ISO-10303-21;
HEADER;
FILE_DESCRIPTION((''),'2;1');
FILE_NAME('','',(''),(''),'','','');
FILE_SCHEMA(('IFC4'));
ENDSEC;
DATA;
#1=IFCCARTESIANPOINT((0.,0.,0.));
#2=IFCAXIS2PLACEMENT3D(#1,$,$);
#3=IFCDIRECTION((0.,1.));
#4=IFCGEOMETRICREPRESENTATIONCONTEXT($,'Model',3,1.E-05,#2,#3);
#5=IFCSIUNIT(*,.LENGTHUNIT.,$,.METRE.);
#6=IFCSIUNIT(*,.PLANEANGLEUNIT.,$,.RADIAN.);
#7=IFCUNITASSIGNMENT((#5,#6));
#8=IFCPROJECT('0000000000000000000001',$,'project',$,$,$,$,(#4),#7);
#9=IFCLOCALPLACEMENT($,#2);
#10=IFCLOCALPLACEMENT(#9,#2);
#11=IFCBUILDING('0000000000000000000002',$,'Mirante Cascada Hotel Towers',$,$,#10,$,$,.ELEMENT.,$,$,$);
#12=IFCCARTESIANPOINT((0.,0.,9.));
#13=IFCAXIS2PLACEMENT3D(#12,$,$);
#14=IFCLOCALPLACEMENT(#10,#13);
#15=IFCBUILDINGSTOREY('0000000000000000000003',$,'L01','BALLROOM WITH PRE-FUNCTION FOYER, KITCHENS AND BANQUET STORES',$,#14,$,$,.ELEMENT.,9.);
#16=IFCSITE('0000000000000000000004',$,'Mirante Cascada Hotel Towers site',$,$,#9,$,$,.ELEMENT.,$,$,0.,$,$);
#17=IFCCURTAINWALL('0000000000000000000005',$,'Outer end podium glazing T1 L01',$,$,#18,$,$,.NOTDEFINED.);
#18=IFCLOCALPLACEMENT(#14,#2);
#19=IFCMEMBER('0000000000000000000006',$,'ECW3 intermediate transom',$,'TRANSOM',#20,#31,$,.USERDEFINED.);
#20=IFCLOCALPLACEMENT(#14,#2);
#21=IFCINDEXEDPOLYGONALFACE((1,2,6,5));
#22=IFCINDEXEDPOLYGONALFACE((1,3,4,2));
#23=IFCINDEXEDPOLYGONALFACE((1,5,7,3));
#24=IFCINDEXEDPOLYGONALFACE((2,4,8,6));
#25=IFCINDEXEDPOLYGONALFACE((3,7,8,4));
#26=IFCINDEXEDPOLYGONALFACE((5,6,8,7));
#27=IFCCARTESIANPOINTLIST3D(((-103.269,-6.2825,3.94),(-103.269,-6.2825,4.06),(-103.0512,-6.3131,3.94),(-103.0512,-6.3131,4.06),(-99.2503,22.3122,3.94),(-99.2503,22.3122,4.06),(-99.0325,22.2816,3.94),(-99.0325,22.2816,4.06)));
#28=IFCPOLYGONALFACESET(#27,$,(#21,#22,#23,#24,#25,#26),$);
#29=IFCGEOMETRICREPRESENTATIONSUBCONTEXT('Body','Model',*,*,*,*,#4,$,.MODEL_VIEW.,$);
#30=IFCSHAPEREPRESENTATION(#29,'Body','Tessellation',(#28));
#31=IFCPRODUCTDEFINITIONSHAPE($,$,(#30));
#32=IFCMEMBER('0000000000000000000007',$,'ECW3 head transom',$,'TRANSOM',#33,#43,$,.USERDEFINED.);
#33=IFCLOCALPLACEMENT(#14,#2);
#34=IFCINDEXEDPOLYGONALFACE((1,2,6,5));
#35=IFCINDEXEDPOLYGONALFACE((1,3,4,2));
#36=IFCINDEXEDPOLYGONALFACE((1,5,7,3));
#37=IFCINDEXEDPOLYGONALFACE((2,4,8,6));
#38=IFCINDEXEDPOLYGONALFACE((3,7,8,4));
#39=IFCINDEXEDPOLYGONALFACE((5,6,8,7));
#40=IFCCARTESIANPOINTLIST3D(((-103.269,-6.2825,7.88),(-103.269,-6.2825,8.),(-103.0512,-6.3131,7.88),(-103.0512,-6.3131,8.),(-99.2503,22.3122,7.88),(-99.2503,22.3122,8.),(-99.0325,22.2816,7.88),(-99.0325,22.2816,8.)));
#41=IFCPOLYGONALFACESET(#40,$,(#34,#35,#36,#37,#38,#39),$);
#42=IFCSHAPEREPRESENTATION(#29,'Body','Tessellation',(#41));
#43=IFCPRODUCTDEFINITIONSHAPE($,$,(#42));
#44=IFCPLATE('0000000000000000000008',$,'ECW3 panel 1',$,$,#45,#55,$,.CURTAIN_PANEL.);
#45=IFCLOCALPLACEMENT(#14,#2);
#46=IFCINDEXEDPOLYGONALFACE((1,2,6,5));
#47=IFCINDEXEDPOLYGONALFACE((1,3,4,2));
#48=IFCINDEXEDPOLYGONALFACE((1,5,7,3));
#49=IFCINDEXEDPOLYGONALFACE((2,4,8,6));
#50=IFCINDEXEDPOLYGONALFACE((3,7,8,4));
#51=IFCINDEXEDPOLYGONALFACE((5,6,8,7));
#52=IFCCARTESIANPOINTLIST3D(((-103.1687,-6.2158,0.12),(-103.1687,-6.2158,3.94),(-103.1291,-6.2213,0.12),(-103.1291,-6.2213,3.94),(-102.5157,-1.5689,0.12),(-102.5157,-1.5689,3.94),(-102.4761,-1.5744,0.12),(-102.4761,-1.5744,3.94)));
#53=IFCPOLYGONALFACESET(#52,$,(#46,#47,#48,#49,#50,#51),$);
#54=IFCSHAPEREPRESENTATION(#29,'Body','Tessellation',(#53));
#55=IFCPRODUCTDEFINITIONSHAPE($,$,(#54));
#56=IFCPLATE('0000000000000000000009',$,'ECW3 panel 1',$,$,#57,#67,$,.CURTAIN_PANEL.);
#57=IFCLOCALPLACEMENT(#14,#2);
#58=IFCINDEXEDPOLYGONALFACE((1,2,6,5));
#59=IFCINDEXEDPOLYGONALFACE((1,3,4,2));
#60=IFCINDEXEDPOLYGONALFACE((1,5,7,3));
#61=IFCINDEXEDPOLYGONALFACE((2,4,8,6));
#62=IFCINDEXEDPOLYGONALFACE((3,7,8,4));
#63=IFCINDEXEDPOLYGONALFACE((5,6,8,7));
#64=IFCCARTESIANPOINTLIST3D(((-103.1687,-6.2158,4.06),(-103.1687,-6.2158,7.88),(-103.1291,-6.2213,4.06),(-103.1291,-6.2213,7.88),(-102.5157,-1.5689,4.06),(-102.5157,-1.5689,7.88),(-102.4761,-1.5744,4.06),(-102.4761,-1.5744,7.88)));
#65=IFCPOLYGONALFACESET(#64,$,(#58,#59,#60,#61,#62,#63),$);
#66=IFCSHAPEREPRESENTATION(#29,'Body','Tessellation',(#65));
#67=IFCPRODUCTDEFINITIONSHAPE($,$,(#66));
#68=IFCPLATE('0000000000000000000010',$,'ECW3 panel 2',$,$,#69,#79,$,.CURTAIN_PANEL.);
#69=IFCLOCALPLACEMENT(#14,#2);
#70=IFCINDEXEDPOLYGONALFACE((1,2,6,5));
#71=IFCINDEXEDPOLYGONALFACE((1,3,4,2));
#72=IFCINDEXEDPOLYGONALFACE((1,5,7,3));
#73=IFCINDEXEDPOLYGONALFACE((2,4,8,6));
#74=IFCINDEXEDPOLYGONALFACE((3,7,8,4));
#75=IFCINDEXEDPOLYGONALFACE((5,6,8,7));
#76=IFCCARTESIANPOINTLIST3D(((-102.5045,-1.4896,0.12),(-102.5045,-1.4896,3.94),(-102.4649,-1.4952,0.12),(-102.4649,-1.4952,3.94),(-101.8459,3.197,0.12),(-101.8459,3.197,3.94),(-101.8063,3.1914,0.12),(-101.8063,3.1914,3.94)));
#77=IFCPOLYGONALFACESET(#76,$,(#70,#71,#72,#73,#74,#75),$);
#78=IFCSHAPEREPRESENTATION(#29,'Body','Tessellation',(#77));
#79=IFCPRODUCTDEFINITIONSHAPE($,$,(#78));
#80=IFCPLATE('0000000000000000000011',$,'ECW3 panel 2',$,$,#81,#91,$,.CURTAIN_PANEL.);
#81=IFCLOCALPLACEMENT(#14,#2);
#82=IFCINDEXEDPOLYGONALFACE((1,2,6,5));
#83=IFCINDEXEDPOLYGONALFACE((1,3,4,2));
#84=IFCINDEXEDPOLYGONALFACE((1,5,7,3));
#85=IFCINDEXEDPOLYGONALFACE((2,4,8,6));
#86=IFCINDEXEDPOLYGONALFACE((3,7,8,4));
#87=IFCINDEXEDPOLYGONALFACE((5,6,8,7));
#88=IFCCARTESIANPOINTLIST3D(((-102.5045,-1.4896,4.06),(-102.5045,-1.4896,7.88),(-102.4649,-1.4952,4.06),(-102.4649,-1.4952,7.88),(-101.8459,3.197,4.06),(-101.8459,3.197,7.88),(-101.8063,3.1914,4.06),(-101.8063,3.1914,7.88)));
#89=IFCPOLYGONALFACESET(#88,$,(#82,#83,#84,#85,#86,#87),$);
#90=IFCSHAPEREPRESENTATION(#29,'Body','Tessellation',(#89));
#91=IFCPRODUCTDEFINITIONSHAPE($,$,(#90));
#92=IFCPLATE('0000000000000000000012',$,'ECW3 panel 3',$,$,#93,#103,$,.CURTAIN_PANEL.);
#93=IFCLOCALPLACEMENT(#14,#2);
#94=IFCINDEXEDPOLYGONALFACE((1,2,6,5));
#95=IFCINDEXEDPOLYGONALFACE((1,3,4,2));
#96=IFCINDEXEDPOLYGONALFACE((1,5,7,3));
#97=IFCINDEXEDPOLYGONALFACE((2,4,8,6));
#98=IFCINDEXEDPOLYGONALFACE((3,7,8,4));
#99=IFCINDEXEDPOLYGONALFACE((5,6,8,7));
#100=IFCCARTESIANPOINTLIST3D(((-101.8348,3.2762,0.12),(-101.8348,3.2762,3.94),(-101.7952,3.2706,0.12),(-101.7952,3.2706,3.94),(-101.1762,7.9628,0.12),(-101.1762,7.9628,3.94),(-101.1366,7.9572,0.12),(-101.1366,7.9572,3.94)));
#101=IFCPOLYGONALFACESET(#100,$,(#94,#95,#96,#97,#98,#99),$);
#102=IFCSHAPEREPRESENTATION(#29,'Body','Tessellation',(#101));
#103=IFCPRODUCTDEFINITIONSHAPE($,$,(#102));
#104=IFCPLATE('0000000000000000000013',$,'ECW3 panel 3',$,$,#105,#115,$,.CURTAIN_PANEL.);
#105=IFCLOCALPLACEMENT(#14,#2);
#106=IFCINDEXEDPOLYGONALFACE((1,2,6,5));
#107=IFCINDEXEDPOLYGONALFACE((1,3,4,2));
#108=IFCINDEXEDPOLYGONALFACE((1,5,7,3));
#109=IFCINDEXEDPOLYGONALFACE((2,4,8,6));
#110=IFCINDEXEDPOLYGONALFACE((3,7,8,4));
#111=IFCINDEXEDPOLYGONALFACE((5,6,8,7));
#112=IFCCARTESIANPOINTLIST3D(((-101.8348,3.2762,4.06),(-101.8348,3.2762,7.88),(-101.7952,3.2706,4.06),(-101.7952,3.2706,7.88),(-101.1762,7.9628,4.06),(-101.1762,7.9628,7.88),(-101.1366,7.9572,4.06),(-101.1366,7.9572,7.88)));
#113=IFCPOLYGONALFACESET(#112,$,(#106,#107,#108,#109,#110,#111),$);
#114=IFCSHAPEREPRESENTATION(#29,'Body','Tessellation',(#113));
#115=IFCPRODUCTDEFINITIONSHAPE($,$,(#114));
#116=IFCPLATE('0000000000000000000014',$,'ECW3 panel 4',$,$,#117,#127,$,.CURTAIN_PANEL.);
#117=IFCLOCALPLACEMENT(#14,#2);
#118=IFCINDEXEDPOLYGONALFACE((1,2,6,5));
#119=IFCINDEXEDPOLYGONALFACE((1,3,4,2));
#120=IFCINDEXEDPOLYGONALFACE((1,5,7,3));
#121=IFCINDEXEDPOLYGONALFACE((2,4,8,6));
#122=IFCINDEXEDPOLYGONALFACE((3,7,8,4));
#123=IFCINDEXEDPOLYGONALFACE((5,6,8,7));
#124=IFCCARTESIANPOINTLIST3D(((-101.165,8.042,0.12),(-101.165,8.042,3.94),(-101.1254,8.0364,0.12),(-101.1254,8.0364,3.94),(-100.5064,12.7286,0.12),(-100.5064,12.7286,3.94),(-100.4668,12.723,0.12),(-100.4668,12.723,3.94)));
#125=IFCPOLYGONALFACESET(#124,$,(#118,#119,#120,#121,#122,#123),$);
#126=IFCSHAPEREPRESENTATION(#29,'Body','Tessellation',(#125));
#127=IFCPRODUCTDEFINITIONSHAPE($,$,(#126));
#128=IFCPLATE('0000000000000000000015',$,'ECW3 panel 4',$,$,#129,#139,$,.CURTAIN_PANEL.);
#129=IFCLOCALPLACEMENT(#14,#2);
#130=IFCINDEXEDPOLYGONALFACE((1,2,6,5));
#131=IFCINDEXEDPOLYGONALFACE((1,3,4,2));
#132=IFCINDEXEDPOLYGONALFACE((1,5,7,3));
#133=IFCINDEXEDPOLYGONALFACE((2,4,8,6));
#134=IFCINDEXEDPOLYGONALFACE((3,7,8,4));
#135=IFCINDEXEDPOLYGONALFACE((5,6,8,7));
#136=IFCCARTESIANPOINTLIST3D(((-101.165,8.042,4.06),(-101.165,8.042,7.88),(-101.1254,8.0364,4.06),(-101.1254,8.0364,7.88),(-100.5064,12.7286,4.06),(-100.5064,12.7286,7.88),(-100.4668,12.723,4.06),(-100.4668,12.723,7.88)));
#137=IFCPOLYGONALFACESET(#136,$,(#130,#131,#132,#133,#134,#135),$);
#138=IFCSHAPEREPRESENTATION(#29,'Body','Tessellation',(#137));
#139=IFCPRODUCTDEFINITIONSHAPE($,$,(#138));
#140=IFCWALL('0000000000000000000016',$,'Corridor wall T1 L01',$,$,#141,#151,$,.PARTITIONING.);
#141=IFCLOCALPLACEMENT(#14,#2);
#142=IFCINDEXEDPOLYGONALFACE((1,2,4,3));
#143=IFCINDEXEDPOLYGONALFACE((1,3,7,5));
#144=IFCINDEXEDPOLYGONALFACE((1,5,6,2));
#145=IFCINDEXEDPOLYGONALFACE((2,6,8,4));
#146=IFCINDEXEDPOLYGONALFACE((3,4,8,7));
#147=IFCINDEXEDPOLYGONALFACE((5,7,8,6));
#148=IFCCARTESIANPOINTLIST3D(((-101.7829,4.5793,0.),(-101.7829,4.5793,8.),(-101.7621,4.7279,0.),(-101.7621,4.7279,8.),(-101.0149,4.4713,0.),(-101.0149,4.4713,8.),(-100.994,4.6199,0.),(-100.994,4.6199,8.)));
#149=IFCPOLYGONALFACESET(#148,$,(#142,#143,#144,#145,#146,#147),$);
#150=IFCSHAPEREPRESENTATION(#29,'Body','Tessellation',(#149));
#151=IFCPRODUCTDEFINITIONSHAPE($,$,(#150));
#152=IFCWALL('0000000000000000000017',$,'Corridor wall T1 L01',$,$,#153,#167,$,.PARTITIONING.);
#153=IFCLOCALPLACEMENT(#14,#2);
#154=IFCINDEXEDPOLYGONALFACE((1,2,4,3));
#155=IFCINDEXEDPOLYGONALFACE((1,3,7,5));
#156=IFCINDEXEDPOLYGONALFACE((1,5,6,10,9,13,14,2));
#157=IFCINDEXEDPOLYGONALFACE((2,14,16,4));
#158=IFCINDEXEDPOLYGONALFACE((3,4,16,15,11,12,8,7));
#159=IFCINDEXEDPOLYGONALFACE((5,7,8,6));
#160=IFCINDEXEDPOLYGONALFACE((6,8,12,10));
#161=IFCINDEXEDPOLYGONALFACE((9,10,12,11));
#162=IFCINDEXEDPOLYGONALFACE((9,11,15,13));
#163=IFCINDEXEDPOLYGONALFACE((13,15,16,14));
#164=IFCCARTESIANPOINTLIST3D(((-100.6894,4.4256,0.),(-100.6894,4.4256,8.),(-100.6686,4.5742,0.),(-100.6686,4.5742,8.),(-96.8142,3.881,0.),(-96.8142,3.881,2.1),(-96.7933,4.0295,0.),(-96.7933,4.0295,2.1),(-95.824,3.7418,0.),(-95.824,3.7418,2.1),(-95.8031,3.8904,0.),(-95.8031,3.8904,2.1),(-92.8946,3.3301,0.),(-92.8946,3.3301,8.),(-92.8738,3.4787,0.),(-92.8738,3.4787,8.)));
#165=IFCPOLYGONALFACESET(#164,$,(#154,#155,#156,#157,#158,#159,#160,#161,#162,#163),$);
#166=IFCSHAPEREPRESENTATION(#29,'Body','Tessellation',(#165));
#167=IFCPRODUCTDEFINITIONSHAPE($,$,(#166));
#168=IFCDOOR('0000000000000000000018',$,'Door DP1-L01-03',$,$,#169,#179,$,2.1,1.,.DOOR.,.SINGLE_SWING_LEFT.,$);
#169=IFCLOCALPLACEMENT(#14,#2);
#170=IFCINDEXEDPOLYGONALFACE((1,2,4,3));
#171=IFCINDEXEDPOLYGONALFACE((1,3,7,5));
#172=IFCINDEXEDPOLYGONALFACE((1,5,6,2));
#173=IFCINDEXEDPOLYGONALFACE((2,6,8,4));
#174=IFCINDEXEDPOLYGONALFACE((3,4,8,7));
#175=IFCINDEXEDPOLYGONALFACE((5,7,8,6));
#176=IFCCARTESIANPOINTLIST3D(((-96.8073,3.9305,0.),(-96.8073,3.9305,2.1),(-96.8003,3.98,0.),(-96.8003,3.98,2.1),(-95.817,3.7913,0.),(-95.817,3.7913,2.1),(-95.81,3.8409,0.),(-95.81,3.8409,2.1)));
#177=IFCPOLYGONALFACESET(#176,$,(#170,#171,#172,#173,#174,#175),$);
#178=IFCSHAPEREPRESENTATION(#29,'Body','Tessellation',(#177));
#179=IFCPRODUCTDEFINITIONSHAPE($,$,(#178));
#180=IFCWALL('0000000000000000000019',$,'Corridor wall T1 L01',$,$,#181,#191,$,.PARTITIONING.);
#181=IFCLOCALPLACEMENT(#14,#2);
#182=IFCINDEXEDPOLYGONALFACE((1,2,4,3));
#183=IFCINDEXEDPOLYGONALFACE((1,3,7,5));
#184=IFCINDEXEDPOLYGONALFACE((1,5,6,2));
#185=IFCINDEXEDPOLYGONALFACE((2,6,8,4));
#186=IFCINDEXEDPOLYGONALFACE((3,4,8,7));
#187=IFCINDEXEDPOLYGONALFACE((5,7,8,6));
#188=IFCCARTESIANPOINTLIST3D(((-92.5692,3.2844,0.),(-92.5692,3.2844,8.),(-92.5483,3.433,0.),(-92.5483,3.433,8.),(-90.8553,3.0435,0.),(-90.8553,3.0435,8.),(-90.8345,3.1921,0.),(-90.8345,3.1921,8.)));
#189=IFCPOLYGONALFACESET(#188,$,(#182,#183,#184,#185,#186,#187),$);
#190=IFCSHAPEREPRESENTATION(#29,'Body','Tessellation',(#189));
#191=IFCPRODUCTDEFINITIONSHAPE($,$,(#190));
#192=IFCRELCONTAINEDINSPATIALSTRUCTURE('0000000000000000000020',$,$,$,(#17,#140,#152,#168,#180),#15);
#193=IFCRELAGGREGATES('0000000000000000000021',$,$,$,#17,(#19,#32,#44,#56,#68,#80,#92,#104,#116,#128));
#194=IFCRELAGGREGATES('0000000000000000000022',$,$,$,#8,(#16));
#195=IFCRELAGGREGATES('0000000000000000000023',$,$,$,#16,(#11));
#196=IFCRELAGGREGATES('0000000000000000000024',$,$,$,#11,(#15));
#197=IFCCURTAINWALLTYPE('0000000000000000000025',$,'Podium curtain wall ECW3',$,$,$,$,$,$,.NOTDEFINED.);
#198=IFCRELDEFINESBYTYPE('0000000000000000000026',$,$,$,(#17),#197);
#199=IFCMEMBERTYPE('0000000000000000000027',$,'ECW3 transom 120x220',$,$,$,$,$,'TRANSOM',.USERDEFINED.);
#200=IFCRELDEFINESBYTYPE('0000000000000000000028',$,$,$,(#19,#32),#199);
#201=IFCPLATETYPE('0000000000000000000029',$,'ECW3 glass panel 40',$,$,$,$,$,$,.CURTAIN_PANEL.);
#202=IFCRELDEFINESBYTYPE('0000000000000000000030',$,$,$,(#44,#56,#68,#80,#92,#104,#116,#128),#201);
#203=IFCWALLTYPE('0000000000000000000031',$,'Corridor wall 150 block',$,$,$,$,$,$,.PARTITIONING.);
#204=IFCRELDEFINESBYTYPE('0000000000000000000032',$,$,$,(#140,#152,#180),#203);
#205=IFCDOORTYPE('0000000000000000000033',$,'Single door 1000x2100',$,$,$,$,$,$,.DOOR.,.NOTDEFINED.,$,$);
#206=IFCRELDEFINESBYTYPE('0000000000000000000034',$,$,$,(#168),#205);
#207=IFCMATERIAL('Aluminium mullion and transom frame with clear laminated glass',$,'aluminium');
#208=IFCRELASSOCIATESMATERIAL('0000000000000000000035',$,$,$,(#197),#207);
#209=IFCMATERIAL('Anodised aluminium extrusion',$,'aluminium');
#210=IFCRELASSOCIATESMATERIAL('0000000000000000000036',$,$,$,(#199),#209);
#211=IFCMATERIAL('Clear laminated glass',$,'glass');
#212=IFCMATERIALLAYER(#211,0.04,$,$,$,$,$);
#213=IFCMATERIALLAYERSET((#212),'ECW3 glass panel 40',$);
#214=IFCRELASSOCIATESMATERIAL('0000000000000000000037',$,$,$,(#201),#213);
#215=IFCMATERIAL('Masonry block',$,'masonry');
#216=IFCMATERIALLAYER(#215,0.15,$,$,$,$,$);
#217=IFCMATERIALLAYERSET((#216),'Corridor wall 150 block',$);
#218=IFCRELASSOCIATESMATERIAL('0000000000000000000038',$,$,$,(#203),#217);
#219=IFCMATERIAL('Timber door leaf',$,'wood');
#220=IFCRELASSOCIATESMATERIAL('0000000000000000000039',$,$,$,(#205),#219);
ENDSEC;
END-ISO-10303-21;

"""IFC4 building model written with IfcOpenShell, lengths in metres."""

from ifc_helpers import new_model, si_unit, direction, frame, frame_2d, origin, origin_2d, place, context, subcontext, project, spatial, rectangle, extrude, material, layer, layer_set, material_profile, profile_set, type_object, element, fill, aggregate, save


model = new_model("IFC4")

# Units and contexts
model_context = context("Model", 3, precision=1e-05, world=origin(), true_north=direction((0.0, 1.0)))
body_context = subcontext(model_context, "Body", "Model", "MODEL_VIEW")
ifc_project = project(units=[si_unit("LENGTHUNIT", "METRE"), si_unit("PLANEANGLEUNIT", "RADIAN")], contexts=[model_context])

# Site, building, storey
site_placement = place(None, origin())
site = spatial("IfcSite", under=ifc_project, at=site_placement, Name="Mirante Cascada Hotel Towers site", CompositionType="ELEMENT", RefElevation=0.0)
building_placement = place(site_placement, origin())
building = spatial("IfcBuilding", under=site, at=building_placement, Name="Mirante Cascada Hotel Towers", CompositionType="ELEMENT")
storey_placement = place(building_placement, frame((0.0, 0.0, 9.0)))
storey = spatial("IfcBuildingStorey", under=building, at=storey_placement, Name="L01", Description="BALLROOM WITH PRE-FUNCTION FOYER, KITCHENS AND BANQUET STORES", CompositionType="ELEMENT", Elevation=9.0)

# Curtain wall, members, plates
ifc_material_1 = material(Name="Aluminium mullion and transom frame with clear laminated glass", Category="aluminium")
curtain_wall_type = type_object("IfcCurtainWallType", Name="Podium curtain wall ECW3", PredefinedType="NOTDEFINED", material=ifc_material_1)
curtain_wall_placement = place(storey_placement, origin())
curtain_wall = element("IfcCurtainWall", 1, at=curtain_wall_placement, inside=storey, type_object=curtain_wall_type, Name="Outer end podium glazing T1 L01", PredefinedType="NOTDEFINED")
ifc_material_2 = material(Name="Anodised aluminium extrusion", Category="aluminium")
ifc_material_profile_1 = material_profile(ifc_material_2, rectangle(XDim=0.22, YDim=0.12, at=origin_2d()), Name="ECW3 TRANSOM 120x220")
ifc_profile_set_1 = profile_set([ifc_material_profile_1], Name="Anodised aluminium extrusion")
member_type_1 = type_object("IfcMemberType", Name="ECW3 transom 120x220", ElementType="TRANSOM", PredefinedType="USERDEFINED", material=ifc_profile_set_1)
member_1_placement = place(storey_placement, frame((-103.1601, -6.2978, 4.0), z_axis=(0.139172, 0.990268, 0.0), x_axis=(-0.990268, 0.139172, 0.0)))
member_1 = element("IfcMember", 2, at=member_1_placement, type_object=member_type_1, Name="ECW3 intermediate transom", ObjectType="TRANSOM", PredefinedType="USERDEFINED", context=body_context, shape_type="SweptSolid", body=[
    extrude(rectangle(XDim=0.22, YDim=0.12, at=origin_2d()), origin(), (0.0, 0.0, 1.0), 28.8757),
])
member_2_placement = place(storey_placement, frame((-103.1601, -6.2978, 7.94), z_axis=(0.139172, 0.990268, 0.0), x_axis=(-0.990268, 0.139172, 0.0)))
member_2 = element("IfcMember", 3, at=member_2_placement, type_object=member_type_1, Name="ECW3 head transom", ObjectType="TRANSOM", PredefinedType="USERDEFINED", context=body_context, shape_type="SweptSolid", body=[
    extrude(rectangle(XDim=0.22, YDim=0.12, at=origin_2d()), origin(), (0.0, 0.0, 1.0), 28.8757),
])
ifc_material_3 = material(Name="Clear laminated glass", Category="glass")
ifc_layer_1 = layer(ifc_material_3, 0.04)
ifc_layer_set_1 = layer_set([ifc_layer_1], Name="ECW3 glass panel 40")
plate_type = type_object("IfcPlateType", Name="ECW3 glass panel 40", PredefinedType="CURTAIN_PANEL", material=ifc_layer_set_1)
plate_1_placement = place(storey_placement, frame((-102.8224, -3.8951, 0.12), z_axis=(0.0, 0.0, 1.0), x_axis=(0.139173, 0.990268, 0.0)))
plate_1 = element("IfcPlate", 4, at=plate_1_placement, type_object=plate_type, Name="ECW3 panel 1", PredefinedType="CURTAIN_PANEL", context=body_context, shape_type="SweptSolid", body=[
    extrude(rectangle(XDim=4.6926, YDim=0.04, at=origin_2d()), origin(), (0.0, 0.0, 1.0), 3.82),
])
plate_2_placement = place(storey_placement, frame((-102.8224, -3.8951, 4.06), z_axis=(0.0, 0.0, 1.0), x_axis=(0.139173, 0.990268, 0.0)))
plate_2 = element("IfcPlate", 5, at=plate_2_placement, type_object=plate_type, Name="ECW3 panel 1", PredefinedType="CURTAIN_PANEL", context=body_context, shape_type="SweptSolid", body=[
    extrude(rectangle(XDim=4.6926, YDim=0.04, at=origin_2d()), origin(), (0.0, 0.0, 1.0), 3.82),
])
plate_3_placement = place(storey_placement, frame((-102.1554, 0.8509, 0.12), z_axis=(0.0, 0.0, 1.0), x_axis=(0.139173, 0.990268, 0.0)))
plate_3 = element("IfcPlate", 6, at=plate_3_placement, type_object=plate_type, Name="ECW3 panel 2", PredefinedType="CURTAIN_PANEL", context=body_context, shape_type="SweptSolid", body=[
    extrude(rectangle(XDim=4.7326, YDim=0.04, at=origin_2d()), origin(), (0.0, 0.0, 1.0), 3.82),
])
plate_4_placement = place(storey_placement, frame((-102.1554, 0.8509, 4.06), z_axis=(0.0, 0.0, 1.0), x_axis=(0.139173, 0.990268, 0.0)))
plate_4 = element("IfcPlate", 7, at=plate_4_placement, type_object=plate_type, Name="ECW3 panel 2", PredefinedType="CURTAIN_PANEL", context=body_context, shape_type="SweptSolid", body=[
    extrude(rectangle(XDim=4.7326, YDim=0.04, at=origin_2d()), origin(), (0.0, 0.0, 1.0), 3.82),
])
plate_5_placement = place(storey_placement, frame((-101.4857, 5.6167, 0.12), z_axis=(0.0, 0.0, 1.0), x_axis=(0.139173, 0.990268, 0.0)))
plate_5 = element("IfcPlate", 8, at=plate_5_placement, type_object=plate_type, Name="ECW3 panel 3", PredefinedType="CURTAIN_PANEL", context=body_context, shape_type="SweptSolid", body=[
    extrude(rectangle(XDim=4.7326, YDim=0.04, at=origin_2d()), origin(), (0.0, 0.0, 1.0), 3.82),
])
plate_6_placement = place(storey_placement, frame((-101.4857, 5.6167, 4.06), z_axis=(0.0, 0.0, 1.0), x_axis=(0.139173, 0.990268, 0.0)))
plate_6 = element("IfcPlate", 9, at=plate_6_placement, type_object=plate_type, Name="ECW3 panel 3", PredefinedType="CURTAIN_PANEL", context=body_context, shape_type="SweptSolid", body=[
    extrude(rectangle(XDim=4.7326, YDim=0.04, at=origin_2d()), origin(), (0.0, 0.0, 1.0), 3.82),
])
plate_7_placement = place(storey_placement, frame((-100.8159, 10.3825, 0.12), z_axis=(0.0, 0.0, 1.0), x_axis=(0.139173, 0.990268, 0.0)))
plate_7 = element("IfcPlate", 10, at=plate_7_placement, type_object=plate_type, Name="ECW3 panel 4", PredefinedType="CURTAIN_PANEL", context=body_context, shape_type="SweptSolid", body=[
    extrude(rectangle(XDim=4.7326, YDim=0.04, at=origin_2d()), origin(), (0.0, 0.0, 1.0), 3.82),
])
plate_8_placement = place(storey_placement, frame((-100.8159, 10.3825, 4.06), z_axis=(0.0, 0.0, 1.0), x_axis=(0.139173, 0.990268, 0.0)))
plate_8 = element("IfcPlate", 11, at=plate_8_placement, type_object=plate_type, Name="ECW3 panel 4", PredefinedType="CURTAIN_PANEL", context=body_context, shape_type="SweptSolid", body=[
    extrude(rectangle(XDim=4.7326, YDim=0.04, at=origin_2d()), origin(), (0.0, 0.0, 1.0), 3.82),
])
aggregate(curtain_wall, [member_1, member_2, plate_1, plate_2, plate_3, plate_4, plate_5, plate_6, plate_7, plate_8])

# Wall
ifc_material_4 = material(Name="Masonry block", Category="masonry")
ifc_layer_2 = layer(ifc_material_4, 0.15)
ifc_layer_set_2 = layer_set([ifc_layer_2], Name="Corridor wall 150 block")
wall_type_1 = type_object("IfcWallType", Name="Corridor wall 150 block", PredefinedType="PARTITIONING", material=ifc_layer_set_2)
wall_1_placement = place(storey_placement, frame((-101.7725, 4.6536, 0.0), z_axis=(0.0, 0.0, 1.0), x_axis=(0.990257, -0.139255, 0.0)))
element("IfcWall", 12, at=wall_1_placement, inside=storey, type_object=wall_type_1, Name="Corridor wall T1 L01", PredefinedType="PARTITIONING", context=body_context, shape_type="SweptSolid", body=[
    extrude(rectangle(XDim=0.7756, YDim=0.15, at=frame_2d((0.3878, 0.0))), origin(), (0.0, 0.0, 1.0), 8.0),
])

# Wall, opening, door
wall_2_placement = place(storey_placement, frame((-100.679, 4.4999, 0.0), z_axis=(0.0, 0.0, 1.0), x_axis=(0.990268, -0.139175, 0.0)))
wall_2 = element("IfcWall", 13, at=wall_2_placement, inside=storey, type_object=wall_type_1, Name="Corridor wall T1 L01", PredefinedType="PARTITIONING", context=body_context, shape_type="SweptSolid", body=[
    extrude(rectangle(XDim=7.8714, YDim=0.15, at=frame_2d((3.9357, 0.0))), origin(), (0.0, 0.0, 1.0), 8.0),
])
opening_1_placement = place(wall_2_placement, frame((3.9133, 0.0, 0.0)))
opening_1 = element("IfcOpeningElement", 14, at=opening_1_placement, cuts=wall_2, PredefinedType="OPENING", context=body_context, shape_type="SweptSolid", body=[
    extrude(rectangle(XDim=1.0, YDim=2.1, at=frame_2d((0.5, 1.05))), frame((0.0, 0.075, 0.0), z_axis=(0.0, -1.0, 0.0), x_axis=(1.0, 0.0, 0.0)), (0.0, 0.0, 1.0), 0.15),
])
ifc_material_5 = material(Name="Timber door leaf", Category="wood")
door_type = type_object("IfcDoorType", Name="Single door 1000x2100", OperationType="NOTDEFINED", PredefinedType="DOOR", material=ifc_material_5)
door_placement = place(opening_1_placement, origin())
door = element("IfcDoor", 15, at=door_placement, inside=storey, type_object=door_type, Name="Door DP1-L01-03", OperationType="SINGLE_SWING_LEFT", OverallHeight=2.1, OverallWidth=1.0, PredefinedType="DOOR", context=body_context, shape_type="SweptSolid", body=[
    extrude(rectangle(XDim=1.0, YDim=2.1, at=frame_2d((0.5, 1.05))), frame((0.0, 0.025, 0.0), z_axis=(0.0, -1.0, 0.0), x_axis=(1.0, 0.0, 0.0)), (0.0, 0.0, 1.0), 0.05),
])
fill(opening_1, door)

# Wall
wall_3_placement = place(storey_placement, frame((-92.5588, 3.3587, 0.0), z_axis=(0.0, 0.0, 1.0), x_axis=(0.990266, -0.139188, 0.0)))
element("IfcWall", 16, at=wall_3_placement, inside=storey, type_object=wall_type_1, Name="Corridor wall T1 L01", PredefinedType="PARTITIONING", context=body_context, shape_type="SweptSolid", body=[
    extrude(rectangle(XDim=1.7307, YDim=0.15, at=frame_2d((0.8654, 0.0))), origin(), (0.0, 0.0, 1.0), 8.0),
])

save(model, "model.ifc")
